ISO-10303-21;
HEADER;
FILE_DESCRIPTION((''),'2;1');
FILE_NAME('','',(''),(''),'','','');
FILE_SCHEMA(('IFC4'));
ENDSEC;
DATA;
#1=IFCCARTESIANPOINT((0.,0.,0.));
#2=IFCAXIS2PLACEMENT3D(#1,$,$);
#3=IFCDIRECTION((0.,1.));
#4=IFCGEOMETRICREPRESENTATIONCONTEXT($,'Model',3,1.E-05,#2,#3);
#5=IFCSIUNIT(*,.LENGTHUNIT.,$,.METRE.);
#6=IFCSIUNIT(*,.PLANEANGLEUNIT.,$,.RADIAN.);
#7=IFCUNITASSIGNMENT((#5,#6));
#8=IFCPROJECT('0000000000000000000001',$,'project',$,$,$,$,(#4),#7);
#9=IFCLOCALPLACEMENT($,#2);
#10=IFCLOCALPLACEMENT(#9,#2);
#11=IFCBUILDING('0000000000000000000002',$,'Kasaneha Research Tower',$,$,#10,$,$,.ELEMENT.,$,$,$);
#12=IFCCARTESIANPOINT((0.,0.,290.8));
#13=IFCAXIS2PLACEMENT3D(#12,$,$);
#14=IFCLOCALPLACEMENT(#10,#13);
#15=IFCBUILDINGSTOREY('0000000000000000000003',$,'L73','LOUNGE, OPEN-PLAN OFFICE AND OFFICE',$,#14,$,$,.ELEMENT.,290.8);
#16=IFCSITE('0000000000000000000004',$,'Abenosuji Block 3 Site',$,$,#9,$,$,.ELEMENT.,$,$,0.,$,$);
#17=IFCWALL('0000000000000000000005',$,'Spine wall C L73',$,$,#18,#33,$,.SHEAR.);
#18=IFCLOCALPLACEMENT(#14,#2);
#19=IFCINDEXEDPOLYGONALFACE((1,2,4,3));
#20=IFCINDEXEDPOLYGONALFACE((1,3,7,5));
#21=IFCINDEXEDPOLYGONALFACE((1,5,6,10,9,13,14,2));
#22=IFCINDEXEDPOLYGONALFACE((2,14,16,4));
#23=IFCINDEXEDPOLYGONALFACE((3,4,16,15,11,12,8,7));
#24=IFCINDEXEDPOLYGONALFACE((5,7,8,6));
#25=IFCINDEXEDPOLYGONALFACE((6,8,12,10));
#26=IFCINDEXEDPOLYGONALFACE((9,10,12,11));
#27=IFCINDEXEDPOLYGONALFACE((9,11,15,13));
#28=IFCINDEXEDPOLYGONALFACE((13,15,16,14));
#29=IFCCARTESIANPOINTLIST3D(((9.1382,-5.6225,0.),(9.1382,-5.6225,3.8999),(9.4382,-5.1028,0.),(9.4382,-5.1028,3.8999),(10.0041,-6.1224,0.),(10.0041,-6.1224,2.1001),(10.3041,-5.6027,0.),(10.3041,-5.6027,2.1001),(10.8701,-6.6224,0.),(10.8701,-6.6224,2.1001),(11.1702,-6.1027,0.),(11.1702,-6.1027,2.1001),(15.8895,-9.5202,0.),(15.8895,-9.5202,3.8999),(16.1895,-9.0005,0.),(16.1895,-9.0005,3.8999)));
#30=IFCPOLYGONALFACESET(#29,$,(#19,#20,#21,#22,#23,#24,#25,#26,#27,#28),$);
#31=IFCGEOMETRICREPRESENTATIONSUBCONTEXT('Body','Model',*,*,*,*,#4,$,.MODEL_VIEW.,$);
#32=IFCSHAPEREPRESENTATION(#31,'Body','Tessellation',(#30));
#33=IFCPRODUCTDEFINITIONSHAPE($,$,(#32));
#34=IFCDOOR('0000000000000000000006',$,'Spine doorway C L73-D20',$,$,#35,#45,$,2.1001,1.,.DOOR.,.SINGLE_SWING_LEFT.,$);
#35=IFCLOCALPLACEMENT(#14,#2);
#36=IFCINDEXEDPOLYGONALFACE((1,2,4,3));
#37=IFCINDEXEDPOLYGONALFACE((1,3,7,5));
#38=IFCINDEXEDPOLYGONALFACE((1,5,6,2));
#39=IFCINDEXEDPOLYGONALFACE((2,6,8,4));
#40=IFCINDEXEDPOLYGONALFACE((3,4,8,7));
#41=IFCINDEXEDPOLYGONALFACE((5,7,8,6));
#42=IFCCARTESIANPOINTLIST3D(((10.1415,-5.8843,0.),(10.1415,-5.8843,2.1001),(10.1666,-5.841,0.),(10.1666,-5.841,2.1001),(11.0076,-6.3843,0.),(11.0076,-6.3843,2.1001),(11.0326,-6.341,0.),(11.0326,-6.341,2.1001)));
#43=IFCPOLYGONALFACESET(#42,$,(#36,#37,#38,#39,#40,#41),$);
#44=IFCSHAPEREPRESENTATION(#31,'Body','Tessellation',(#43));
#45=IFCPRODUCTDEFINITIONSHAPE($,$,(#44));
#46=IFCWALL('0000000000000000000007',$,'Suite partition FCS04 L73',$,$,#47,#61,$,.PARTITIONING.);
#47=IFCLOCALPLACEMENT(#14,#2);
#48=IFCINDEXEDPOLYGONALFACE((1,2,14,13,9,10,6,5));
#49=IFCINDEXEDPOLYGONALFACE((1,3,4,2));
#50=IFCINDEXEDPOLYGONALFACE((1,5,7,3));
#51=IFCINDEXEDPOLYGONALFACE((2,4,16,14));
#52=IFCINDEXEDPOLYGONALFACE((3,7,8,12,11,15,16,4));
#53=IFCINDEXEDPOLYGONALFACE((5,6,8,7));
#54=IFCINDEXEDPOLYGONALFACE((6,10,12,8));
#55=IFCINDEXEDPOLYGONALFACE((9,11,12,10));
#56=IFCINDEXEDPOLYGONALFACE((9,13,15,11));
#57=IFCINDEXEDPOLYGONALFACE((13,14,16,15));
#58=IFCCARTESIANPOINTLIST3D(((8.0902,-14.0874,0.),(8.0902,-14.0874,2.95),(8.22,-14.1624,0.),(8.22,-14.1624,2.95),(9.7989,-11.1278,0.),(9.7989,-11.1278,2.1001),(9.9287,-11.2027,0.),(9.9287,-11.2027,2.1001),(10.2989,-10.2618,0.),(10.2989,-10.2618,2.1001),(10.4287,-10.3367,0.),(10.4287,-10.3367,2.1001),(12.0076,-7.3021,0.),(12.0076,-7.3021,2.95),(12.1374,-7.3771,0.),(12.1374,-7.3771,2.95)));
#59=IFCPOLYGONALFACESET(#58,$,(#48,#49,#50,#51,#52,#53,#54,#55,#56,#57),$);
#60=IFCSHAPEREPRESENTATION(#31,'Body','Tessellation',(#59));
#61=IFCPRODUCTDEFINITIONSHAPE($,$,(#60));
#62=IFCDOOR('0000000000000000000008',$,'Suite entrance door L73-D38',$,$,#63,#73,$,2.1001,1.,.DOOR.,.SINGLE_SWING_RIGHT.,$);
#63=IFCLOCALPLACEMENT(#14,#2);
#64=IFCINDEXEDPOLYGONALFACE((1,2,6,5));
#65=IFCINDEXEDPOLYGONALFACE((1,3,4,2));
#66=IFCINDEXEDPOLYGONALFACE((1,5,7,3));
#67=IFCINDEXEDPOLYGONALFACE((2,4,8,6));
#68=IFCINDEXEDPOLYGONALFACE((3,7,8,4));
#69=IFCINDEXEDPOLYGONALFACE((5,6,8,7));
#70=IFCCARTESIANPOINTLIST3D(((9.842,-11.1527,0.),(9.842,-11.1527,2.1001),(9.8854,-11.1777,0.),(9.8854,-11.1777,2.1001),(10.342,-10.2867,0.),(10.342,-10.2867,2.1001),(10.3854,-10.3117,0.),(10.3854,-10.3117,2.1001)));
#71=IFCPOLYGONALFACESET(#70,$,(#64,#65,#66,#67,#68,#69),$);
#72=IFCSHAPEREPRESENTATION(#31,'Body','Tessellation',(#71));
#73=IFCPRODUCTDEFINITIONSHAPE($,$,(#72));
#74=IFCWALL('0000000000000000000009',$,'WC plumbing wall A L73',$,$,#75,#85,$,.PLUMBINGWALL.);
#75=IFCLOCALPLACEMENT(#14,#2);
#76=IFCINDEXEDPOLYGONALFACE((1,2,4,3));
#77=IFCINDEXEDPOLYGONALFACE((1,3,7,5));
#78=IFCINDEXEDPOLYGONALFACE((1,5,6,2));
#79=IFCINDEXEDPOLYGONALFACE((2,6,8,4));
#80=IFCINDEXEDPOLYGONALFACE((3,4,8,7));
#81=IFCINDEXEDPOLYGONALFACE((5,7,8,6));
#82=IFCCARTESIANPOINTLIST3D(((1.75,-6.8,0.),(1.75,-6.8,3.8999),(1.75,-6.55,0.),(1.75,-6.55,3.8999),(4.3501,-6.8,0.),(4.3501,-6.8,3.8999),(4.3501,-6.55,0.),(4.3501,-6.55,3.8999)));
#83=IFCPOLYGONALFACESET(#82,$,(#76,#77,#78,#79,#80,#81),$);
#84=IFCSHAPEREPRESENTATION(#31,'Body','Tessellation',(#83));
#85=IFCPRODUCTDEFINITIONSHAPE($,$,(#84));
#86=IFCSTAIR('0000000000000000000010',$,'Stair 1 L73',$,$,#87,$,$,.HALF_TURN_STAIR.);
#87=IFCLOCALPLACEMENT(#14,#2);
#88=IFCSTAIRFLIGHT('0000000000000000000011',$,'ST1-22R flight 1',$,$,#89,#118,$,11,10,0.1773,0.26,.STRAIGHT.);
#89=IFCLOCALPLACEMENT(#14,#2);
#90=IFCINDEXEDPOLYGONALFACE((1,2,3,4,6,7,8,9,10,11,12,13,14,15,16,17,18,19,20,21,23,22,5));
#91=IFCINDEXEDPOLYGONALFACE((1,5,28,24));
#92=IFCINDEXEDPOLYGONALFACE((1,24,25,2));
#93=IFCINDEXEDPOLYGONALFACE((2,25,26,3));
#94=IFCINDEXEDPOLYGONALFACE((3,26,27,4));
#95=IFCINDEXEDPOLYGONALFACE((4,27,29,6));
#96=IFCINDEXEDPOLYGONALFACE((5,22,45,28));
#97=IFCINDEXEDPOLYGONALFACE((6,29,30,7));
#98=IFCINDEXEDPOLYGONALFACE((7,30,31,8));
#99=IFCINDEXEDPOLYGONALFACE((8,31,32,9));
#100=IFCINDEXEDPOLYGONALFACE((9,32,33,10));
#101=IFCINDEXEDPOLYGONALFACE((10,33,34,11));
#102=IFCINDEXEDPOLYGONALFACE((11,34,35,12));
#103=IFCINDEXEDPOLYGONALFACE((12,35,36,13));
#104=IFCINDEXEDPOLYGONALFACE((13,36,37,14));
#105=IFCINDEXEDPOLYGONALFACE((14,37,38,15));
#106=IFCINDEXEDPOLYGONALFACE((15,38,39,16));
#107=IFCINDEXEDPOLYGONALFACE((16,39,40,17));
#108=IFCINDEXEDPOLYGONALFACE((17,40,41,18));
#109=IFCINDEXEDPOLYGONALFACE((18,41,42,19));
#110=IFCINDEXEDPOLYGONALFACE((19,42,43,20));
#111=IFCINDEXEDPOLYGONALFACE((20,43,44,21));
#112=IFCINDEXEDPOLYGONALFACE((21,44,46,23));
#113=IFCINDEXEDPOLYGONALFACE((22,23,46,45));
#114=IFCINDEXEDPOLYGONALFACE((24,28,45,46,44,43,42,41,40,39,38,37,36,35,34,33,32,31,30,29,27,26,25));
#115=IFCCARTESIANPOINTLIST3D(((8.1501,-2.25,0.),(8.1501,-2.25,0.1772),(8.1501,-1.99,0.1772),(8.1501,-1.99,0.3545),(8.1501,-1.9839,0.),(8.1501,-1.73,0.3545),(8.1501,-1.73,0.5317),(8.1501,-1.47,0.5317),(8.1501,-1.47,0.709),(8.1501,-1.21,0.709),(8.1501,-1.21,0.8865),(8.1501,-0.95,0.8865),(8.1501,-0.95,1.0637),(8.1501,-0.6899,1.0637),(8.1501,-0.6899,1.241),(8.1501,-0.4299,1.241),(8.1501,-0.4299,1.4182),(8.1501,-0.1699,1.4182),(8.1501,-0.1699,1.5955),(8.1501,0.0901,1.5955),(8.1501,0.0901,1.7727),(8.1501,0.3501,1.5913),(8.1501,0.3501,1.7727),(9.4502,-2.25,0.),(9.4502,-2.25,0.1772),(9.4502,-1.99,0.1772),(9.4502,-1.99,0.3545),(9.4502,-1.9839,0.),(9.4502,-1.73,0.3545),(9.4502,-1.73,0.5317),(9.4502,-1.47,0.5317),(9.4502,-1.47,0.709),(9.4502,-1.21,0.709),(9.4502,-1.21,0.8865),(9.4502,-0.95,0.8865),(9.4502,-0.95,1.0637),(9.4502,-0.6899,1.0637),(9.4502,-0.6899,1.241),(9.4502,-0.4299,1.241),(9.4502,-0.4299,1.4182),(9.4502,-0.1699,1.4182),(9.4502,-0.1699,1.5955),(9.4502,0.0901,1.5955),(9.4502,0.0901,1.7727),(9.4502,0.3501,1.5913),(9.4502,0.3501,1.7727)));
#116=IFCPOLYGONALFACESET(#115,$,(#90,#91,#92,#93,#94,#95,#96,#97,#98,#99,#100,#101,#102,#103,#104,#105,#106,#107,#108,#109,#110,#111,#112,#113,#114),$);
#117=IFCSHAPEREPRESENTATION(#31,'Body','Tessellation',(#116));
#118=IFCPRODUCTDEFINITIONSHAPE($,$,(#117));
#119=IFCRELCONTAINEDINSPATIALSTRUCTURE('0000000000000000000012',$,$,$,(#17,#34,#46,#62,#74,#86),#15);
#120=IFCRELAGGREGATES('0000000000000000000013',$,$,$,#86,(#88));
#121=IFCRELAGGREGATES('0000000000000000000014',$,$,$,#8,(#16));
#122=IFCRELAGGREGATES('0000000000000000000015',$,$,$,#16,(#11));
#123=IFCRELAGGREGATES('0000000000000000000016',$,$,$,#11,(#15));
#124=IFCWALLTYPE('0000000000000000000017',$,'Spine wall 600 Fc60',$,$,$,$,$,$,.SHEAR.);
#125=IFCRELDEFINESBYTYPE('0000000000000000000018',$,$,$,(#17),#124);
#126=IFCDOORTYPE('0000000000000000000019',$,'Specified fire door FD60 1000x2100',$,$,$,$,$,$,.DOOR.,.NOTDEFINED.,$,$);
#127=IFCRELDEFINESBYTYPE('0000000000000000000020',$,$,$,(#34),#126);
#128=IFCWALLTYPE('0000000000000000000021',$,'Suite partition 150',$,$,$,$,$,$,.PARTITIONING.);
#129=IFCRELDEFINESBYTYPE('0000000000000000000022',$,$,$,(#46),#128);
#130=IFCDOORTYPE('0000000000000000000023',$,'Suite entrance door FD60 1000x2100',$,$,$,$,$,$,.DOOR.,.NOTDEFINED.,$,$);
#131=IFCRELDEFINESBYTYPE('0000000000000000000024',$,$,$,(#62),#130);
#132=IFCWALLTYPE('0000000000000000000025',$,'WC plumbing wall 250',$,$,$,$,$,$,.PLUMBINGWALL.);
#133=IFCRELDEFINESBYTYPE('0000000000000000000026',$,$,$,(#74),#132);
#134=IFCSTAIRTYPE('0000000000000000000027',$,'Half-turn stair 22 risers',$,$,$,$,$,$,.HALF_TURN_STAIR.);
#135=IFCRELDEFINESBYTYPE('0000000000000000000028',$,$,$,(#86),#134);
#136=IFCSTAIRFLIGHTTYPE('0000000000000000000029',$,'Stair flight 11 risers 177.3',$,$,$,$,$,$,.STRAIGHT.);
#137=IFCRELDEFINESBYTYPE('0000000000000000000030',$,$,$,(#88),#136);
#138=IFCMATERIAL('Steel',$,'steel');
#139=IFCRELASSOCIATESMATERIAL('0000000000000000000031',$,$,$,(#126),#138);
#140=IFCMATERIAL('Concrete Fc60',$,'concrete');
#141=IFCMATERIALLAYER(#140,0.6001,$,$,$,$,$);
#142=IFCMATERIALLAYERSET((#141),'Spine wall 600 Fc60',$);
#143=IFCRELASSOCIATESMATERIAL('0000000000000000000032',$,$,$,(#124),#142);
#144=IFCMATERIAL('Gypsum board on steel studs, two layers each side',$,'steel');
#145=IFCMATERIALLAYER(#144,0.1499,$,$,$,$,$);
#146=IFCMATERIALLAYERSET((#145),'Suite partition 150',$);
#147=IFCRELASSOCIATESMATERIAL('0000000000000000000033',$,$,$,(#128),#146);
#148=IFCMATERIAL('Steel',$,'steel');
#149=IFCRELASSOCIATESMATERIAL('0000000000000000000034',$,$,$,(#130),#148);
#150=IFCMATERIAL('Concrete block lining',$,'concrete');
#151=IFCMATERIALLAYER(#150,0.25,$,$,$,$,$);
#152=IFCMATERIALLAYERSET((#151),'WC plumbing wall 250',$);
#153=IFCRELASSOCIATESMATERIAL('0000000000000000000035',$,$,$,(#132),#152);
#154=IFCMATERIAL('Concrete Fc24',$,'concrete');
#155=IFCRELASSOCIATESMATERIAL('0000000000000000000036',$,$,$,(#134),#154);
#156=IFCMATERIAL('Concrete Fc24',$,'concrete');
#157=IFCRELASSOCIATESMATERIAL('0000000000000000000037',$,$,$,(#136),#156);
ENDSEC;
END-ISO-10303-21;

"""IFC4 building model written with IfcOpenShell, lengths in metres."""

from ifc_helpers import new_model, si_unit, direction, frame, frame_2d, origin, place, context, subcontext, project, spatial, polyline, rectangle, outline, extrude, material, layer, layer_set, type_object, element, fill, aggregate, save


model = new_model("IFC4")

# Units and contexts
model_context = context("Model", 3, precision=1e-05, world=origin(), true_north=direction((0.0, 1.0)))
body_context = subcontext(model_context, "Body", "Model", "MODEL_VIEW")
ifc_project = project(units=[si_unit("LENGTHUNIT", "METRE"), si_unit("PLANEANGLEUNIT", "RADIAN")], contexts=[model_context])

# Site, building, storey
site_placement = place(None, origin())
site = spatial("IfcSite", under=ifc_project, at=site_placement, Name="Abenosuji Block 3 Site", CompositionType="ELEMENT", RefElevation=0.0)
building_placement = place(site_placement, origin())
building = spatial("IfcBuilding", under=site, at=building_placement, Name="Kasaneha Research Tower", CompositionType="ELEMENT")
storey_placement = place(building_placement, frame((0.0, 0.0, 290.8)))
storey = spatial("IfcBuildingStorey", under=building, at=storey_placement, Name="L73", Description="LOUNGE, OPEN-PLAN OFFICE AND OFFICE", CompositionType="ELEMENT", Elevation=290.8)

# Shared definitions
ifc_material_1 = material(Name="Steel", Category="steel")
door_type_1 = type_object("IfcDoorType", Name="Specified fire door FD60 1000x2100", OperationType="NOTDEFINED", PredefinedType="DOOR", material=ifc_material_1)

# Walls, openings, doors
ifc_material_2 = material(Name="Concrete Fc60", Category="concrete")
ifc_layer_1 = layer(ifc_material_2, 0.6001)
ifc_layer_set_1 = layer_set([ifc_layer_1], Name="Spine wall 600 Fc60")
wall_type_1 = type_object("IfcWallType", Name="Spine wall 600 Fc60", PredefinedType="SHEAR", material=ifc_layer_set_1)
wall_1_placement = place(storey_placement, frame((9.2881, -5.3625, 0.0), z_axis=(0.0, 0.0, 1.0), x_axis=(0.866032, -0.499989, 0.0)))
wall_1 = element("IfcWall", 1, at=wall_1_placement, inside=storey, type_object=wall_type_1, Name="Spine wall C L73", PredefinedType="SHEAR", context=body_context, shape_type="SweptSolid", body=[
    extrude(rectangle(XDim=7.7957, YDim=0.6001, at=frame_2d((3.8979, 0.0))), origin(), (0.0, 0.0, 1.0), 3.8999),
])
opening_1_placement = place(wall_1_placement, frame((1.0, 0.0, 0.0)))
opening_1 = element("IfcOpeningElement", 2, at=opening_1_placement, cuts=wall_1, PredefinedType="OPENING", context=body_context, shape_type="SweptSolid", body=[
    extrude(rectangle(XDim=1.0, YDim=2.1001, at=frame_2d((0.5, 1.05))), frame((0.0, 0.3101, 0.0), z_axis=(0.0, -1.0, 0.0), x_axis=(1.0, 0.0, 0.0)), (0.0, 0.0, 1.0), 0.6201),
])
door_1_placement = place(opening_1_placement, origin())
door_1 = element("IfcDoor", 3, at=door_1_placement, inside=storey, type_object=door_type_1, Name="Spine doorway C L73-D20", OperationType="SINGLE_SWING_LEFT", OverallHeight=2.1001, OverallWidth=1.0, PredefinedType="DOOR", context=body_context, shape_type="SweptSolid", body=[
    extrude(rectangle(XDim=1.0, YDim=2.1001, at=frame_2d((0.5, 1.05))), frame((0.0, 0.0249, 0.0), z_axis=(0.0, -1.0, 0.0), x_axis=(1.0, 0.0, 0.0)), (0.0, 0.0, 1.0), 0.05),
])
fill(opening_1, door_1)
ifc_material_3 = material(Name="Gypsum board on steel studs, two layers each side", Category="steel")
ifc_layer_2 = layer(ifc_material_3, 0.1499)
ifc_layer_set_2 = layer_set([ifc_layer_2], Name="Suite partition 150")
wall_type_2 = type_object("IfcWallType", Name="Suite partition 150", PredefinedType="PARTITIONING", material=ifc_layer_set_2)
wall_2_placement = place(storey_placement, frame((12.0725, -7.3396, 0.0), z_axis=(0.0, 0.0, 1.0), x_axis=(-0.499993, -0.866029, 0.0)))
wall_2 = element("IfcWall", 4, at=wall_2_placement, inside=storey, type_object=wall_type_2, Name="Suite partition FCS04 L73", PredefinedType="PARTITIONING", context=body_context, shape_type="SweptSolid", body=[
    extrude(rectangle(XDim=7.835, YDim=0.1499, at=frame_2d((3.9175, 0.0))), origin(), (0.0, 0.0, 1.0), 2.95),
])
opening_2_placement = place(wall_2_placement, frame((3.4175, 0.0, 0.0)))
opening_2 = element("IfcOpeningElement", 5, at=opening_2_placement, cuts=wall_2, PredefinedType="OPENING", context=body_context, shape_type="SweptSolid", body=[
    extrude(rectangle(XDim=1.0, YDim=2.1001, at=frame_2d((0.5, 1.05))), frame((0.0, 0.085, 0.0), z_axis=(0.0, -1.0, 0.0), x_axis=(1.0, 0.0, 0.0)), (0.0, 0.0, 1.0), 0.1699),
])
ifc_material_4 = material(Name="Steel", Category="steel")
door_type_2 = type_object("IfcDoorType", Name="Suite entrance door FD60 1000x2100", OperationType="NOTDEFINED", PredefinedType="DOOR", material=ifc_material_4)
door_2_placement = place(opening_2_placement, origin())
door_2 = element("IfcDoor", 6, at=door_2_placement, inside=storey, type_object=door_type_2, Name="Suite entrance door L73-D38", OperationType="SINGLE_SWING_RIGHT", OverallHeight=2.1001, OverallWidth=1.0, PredefinedType="DOOR", context=body_context, shape_type="SweptSolid", body=[
    extrude(rectangle(XDim=1.0, YDim=2.1001, at=frame_2d((0.5, 1.05))), frame((0.0, 0.0249, 0.0), z_axis=(0.0, -1.0, 0.0), x_axis=(1.0, 0.0, 0.0)), (0.0, 0.0, 1.0), 0.05),
])
fill(opening_2, door_2)

# Wall
ifc_material_5 = material(Name="Concrete block lining", Category="concrete")
ifc_layer_3 = layer(ifc_material_5, 0.25)
ifc_layer_set_3 = layer_set([ifc_layer_3], Name="WC plumbing wall 250")
wall_type_3 = type_object("IfcWallType", Name="WC plumbing wall 250", PredefinedType="PLUMBINGWALL", material=ifc_layer_set_3)
wall_3_placement = place(storey_placement, frame((1.75, -6.675, 0.0), z_axis=(0.0, 0.0, 1.0), x_axis=(1.0, 0.0, 0.0)))
element("IfcWall", 7, at=wall_3_placement, inside=storey, type_object=wall_type_3, Name="WC plumbing wall A L73", PredefinedType="PLUMBINGWALL", context=body_context, shape_type="SweptSolid", body=[
    extrude(rectangle(XDim=2.6001, YDim=0.25, at=frame_2d((1.3, 0.0))), origin(), (0.0, 0.0, 1.0), 3.8999),
])

# Stair, stair flight
ifc_material_6 = material(Name="Concrete Fc24", Category="concrete")
stair_type = type_object("IfcStairType", Name="Half-turn stair 22 risers", PredefinedType="HALF_TURN_STAIR", material=ifc_material_6)
stair_placement = place(storey_placement, origin())
stair = element("IfcStair", 8, at=stair_placement, inside=storey, type_object=stair_type, Name="Stair 1 L73", PredefinedType="HALF_TURN_STAIR")
ifc_material_7 = material(Name="Concrete Fc24", Category="concrete")
stair_flight_type = type_object("IfcStairFlightType", Name="Stair flight 11 risers 177.3", PredefinedType="STRAIGHT", material=ifc_material_7)
stair_flight_placement = place(storey_placement, frame((8.8, -2.25, 0.0), z_axis=(0.0, 0.0, 1.0), x_axis=(0.0, 1.0, 0.0)))
stair_flight = element("IfcStairFlight", 9, at=stair_flight_placement, type_object=stair_flight_type, Name="ST1-22R flight 1", NumberOfRisers=11, NumberOfTreads=10, PredefinedType="STRAIGHT", RiserHeight=0.1773, TreadLength=0.26, context=body_context, shape_type="SweptSolid", body=[
    extrude(outline(polyline([(0.0, 0.0), (0.0, 0.1772), (0.26, 0.1772), (0.26, 0.3545), (0.52, 0.3545), (0.52, 0.5317), (0.78, 0.5317), (0.78, 0.709), (1.04, 0.709), (1.04, 0.8865), (1.3, 0.8865), (1.3, 1.0637), (1.5601, 1.0637), (1.5601, 1.241), (1.8201, 1.241), (1.8201, 1.4182), (2.0801, 1.4182), (2.0801, 1.5955), (2.3401, 1.5955), (2.3401, 1.7727), (2.6001, 1.7727), (2.6001, 1.95), (2.6001, 1.5913), (0.2661, 0.0), (0.0, 0.0)])), frame((0.0, 0.6499, 0.0), z_axis=(0.0, -1.0, 0.0), x_axis=(1.0, 0.0, 0.0)), (0.0, 0.0, 1.0), 1.3),
])
aggregate(stair, [stair_flight])

save(model, "model.ifc")
